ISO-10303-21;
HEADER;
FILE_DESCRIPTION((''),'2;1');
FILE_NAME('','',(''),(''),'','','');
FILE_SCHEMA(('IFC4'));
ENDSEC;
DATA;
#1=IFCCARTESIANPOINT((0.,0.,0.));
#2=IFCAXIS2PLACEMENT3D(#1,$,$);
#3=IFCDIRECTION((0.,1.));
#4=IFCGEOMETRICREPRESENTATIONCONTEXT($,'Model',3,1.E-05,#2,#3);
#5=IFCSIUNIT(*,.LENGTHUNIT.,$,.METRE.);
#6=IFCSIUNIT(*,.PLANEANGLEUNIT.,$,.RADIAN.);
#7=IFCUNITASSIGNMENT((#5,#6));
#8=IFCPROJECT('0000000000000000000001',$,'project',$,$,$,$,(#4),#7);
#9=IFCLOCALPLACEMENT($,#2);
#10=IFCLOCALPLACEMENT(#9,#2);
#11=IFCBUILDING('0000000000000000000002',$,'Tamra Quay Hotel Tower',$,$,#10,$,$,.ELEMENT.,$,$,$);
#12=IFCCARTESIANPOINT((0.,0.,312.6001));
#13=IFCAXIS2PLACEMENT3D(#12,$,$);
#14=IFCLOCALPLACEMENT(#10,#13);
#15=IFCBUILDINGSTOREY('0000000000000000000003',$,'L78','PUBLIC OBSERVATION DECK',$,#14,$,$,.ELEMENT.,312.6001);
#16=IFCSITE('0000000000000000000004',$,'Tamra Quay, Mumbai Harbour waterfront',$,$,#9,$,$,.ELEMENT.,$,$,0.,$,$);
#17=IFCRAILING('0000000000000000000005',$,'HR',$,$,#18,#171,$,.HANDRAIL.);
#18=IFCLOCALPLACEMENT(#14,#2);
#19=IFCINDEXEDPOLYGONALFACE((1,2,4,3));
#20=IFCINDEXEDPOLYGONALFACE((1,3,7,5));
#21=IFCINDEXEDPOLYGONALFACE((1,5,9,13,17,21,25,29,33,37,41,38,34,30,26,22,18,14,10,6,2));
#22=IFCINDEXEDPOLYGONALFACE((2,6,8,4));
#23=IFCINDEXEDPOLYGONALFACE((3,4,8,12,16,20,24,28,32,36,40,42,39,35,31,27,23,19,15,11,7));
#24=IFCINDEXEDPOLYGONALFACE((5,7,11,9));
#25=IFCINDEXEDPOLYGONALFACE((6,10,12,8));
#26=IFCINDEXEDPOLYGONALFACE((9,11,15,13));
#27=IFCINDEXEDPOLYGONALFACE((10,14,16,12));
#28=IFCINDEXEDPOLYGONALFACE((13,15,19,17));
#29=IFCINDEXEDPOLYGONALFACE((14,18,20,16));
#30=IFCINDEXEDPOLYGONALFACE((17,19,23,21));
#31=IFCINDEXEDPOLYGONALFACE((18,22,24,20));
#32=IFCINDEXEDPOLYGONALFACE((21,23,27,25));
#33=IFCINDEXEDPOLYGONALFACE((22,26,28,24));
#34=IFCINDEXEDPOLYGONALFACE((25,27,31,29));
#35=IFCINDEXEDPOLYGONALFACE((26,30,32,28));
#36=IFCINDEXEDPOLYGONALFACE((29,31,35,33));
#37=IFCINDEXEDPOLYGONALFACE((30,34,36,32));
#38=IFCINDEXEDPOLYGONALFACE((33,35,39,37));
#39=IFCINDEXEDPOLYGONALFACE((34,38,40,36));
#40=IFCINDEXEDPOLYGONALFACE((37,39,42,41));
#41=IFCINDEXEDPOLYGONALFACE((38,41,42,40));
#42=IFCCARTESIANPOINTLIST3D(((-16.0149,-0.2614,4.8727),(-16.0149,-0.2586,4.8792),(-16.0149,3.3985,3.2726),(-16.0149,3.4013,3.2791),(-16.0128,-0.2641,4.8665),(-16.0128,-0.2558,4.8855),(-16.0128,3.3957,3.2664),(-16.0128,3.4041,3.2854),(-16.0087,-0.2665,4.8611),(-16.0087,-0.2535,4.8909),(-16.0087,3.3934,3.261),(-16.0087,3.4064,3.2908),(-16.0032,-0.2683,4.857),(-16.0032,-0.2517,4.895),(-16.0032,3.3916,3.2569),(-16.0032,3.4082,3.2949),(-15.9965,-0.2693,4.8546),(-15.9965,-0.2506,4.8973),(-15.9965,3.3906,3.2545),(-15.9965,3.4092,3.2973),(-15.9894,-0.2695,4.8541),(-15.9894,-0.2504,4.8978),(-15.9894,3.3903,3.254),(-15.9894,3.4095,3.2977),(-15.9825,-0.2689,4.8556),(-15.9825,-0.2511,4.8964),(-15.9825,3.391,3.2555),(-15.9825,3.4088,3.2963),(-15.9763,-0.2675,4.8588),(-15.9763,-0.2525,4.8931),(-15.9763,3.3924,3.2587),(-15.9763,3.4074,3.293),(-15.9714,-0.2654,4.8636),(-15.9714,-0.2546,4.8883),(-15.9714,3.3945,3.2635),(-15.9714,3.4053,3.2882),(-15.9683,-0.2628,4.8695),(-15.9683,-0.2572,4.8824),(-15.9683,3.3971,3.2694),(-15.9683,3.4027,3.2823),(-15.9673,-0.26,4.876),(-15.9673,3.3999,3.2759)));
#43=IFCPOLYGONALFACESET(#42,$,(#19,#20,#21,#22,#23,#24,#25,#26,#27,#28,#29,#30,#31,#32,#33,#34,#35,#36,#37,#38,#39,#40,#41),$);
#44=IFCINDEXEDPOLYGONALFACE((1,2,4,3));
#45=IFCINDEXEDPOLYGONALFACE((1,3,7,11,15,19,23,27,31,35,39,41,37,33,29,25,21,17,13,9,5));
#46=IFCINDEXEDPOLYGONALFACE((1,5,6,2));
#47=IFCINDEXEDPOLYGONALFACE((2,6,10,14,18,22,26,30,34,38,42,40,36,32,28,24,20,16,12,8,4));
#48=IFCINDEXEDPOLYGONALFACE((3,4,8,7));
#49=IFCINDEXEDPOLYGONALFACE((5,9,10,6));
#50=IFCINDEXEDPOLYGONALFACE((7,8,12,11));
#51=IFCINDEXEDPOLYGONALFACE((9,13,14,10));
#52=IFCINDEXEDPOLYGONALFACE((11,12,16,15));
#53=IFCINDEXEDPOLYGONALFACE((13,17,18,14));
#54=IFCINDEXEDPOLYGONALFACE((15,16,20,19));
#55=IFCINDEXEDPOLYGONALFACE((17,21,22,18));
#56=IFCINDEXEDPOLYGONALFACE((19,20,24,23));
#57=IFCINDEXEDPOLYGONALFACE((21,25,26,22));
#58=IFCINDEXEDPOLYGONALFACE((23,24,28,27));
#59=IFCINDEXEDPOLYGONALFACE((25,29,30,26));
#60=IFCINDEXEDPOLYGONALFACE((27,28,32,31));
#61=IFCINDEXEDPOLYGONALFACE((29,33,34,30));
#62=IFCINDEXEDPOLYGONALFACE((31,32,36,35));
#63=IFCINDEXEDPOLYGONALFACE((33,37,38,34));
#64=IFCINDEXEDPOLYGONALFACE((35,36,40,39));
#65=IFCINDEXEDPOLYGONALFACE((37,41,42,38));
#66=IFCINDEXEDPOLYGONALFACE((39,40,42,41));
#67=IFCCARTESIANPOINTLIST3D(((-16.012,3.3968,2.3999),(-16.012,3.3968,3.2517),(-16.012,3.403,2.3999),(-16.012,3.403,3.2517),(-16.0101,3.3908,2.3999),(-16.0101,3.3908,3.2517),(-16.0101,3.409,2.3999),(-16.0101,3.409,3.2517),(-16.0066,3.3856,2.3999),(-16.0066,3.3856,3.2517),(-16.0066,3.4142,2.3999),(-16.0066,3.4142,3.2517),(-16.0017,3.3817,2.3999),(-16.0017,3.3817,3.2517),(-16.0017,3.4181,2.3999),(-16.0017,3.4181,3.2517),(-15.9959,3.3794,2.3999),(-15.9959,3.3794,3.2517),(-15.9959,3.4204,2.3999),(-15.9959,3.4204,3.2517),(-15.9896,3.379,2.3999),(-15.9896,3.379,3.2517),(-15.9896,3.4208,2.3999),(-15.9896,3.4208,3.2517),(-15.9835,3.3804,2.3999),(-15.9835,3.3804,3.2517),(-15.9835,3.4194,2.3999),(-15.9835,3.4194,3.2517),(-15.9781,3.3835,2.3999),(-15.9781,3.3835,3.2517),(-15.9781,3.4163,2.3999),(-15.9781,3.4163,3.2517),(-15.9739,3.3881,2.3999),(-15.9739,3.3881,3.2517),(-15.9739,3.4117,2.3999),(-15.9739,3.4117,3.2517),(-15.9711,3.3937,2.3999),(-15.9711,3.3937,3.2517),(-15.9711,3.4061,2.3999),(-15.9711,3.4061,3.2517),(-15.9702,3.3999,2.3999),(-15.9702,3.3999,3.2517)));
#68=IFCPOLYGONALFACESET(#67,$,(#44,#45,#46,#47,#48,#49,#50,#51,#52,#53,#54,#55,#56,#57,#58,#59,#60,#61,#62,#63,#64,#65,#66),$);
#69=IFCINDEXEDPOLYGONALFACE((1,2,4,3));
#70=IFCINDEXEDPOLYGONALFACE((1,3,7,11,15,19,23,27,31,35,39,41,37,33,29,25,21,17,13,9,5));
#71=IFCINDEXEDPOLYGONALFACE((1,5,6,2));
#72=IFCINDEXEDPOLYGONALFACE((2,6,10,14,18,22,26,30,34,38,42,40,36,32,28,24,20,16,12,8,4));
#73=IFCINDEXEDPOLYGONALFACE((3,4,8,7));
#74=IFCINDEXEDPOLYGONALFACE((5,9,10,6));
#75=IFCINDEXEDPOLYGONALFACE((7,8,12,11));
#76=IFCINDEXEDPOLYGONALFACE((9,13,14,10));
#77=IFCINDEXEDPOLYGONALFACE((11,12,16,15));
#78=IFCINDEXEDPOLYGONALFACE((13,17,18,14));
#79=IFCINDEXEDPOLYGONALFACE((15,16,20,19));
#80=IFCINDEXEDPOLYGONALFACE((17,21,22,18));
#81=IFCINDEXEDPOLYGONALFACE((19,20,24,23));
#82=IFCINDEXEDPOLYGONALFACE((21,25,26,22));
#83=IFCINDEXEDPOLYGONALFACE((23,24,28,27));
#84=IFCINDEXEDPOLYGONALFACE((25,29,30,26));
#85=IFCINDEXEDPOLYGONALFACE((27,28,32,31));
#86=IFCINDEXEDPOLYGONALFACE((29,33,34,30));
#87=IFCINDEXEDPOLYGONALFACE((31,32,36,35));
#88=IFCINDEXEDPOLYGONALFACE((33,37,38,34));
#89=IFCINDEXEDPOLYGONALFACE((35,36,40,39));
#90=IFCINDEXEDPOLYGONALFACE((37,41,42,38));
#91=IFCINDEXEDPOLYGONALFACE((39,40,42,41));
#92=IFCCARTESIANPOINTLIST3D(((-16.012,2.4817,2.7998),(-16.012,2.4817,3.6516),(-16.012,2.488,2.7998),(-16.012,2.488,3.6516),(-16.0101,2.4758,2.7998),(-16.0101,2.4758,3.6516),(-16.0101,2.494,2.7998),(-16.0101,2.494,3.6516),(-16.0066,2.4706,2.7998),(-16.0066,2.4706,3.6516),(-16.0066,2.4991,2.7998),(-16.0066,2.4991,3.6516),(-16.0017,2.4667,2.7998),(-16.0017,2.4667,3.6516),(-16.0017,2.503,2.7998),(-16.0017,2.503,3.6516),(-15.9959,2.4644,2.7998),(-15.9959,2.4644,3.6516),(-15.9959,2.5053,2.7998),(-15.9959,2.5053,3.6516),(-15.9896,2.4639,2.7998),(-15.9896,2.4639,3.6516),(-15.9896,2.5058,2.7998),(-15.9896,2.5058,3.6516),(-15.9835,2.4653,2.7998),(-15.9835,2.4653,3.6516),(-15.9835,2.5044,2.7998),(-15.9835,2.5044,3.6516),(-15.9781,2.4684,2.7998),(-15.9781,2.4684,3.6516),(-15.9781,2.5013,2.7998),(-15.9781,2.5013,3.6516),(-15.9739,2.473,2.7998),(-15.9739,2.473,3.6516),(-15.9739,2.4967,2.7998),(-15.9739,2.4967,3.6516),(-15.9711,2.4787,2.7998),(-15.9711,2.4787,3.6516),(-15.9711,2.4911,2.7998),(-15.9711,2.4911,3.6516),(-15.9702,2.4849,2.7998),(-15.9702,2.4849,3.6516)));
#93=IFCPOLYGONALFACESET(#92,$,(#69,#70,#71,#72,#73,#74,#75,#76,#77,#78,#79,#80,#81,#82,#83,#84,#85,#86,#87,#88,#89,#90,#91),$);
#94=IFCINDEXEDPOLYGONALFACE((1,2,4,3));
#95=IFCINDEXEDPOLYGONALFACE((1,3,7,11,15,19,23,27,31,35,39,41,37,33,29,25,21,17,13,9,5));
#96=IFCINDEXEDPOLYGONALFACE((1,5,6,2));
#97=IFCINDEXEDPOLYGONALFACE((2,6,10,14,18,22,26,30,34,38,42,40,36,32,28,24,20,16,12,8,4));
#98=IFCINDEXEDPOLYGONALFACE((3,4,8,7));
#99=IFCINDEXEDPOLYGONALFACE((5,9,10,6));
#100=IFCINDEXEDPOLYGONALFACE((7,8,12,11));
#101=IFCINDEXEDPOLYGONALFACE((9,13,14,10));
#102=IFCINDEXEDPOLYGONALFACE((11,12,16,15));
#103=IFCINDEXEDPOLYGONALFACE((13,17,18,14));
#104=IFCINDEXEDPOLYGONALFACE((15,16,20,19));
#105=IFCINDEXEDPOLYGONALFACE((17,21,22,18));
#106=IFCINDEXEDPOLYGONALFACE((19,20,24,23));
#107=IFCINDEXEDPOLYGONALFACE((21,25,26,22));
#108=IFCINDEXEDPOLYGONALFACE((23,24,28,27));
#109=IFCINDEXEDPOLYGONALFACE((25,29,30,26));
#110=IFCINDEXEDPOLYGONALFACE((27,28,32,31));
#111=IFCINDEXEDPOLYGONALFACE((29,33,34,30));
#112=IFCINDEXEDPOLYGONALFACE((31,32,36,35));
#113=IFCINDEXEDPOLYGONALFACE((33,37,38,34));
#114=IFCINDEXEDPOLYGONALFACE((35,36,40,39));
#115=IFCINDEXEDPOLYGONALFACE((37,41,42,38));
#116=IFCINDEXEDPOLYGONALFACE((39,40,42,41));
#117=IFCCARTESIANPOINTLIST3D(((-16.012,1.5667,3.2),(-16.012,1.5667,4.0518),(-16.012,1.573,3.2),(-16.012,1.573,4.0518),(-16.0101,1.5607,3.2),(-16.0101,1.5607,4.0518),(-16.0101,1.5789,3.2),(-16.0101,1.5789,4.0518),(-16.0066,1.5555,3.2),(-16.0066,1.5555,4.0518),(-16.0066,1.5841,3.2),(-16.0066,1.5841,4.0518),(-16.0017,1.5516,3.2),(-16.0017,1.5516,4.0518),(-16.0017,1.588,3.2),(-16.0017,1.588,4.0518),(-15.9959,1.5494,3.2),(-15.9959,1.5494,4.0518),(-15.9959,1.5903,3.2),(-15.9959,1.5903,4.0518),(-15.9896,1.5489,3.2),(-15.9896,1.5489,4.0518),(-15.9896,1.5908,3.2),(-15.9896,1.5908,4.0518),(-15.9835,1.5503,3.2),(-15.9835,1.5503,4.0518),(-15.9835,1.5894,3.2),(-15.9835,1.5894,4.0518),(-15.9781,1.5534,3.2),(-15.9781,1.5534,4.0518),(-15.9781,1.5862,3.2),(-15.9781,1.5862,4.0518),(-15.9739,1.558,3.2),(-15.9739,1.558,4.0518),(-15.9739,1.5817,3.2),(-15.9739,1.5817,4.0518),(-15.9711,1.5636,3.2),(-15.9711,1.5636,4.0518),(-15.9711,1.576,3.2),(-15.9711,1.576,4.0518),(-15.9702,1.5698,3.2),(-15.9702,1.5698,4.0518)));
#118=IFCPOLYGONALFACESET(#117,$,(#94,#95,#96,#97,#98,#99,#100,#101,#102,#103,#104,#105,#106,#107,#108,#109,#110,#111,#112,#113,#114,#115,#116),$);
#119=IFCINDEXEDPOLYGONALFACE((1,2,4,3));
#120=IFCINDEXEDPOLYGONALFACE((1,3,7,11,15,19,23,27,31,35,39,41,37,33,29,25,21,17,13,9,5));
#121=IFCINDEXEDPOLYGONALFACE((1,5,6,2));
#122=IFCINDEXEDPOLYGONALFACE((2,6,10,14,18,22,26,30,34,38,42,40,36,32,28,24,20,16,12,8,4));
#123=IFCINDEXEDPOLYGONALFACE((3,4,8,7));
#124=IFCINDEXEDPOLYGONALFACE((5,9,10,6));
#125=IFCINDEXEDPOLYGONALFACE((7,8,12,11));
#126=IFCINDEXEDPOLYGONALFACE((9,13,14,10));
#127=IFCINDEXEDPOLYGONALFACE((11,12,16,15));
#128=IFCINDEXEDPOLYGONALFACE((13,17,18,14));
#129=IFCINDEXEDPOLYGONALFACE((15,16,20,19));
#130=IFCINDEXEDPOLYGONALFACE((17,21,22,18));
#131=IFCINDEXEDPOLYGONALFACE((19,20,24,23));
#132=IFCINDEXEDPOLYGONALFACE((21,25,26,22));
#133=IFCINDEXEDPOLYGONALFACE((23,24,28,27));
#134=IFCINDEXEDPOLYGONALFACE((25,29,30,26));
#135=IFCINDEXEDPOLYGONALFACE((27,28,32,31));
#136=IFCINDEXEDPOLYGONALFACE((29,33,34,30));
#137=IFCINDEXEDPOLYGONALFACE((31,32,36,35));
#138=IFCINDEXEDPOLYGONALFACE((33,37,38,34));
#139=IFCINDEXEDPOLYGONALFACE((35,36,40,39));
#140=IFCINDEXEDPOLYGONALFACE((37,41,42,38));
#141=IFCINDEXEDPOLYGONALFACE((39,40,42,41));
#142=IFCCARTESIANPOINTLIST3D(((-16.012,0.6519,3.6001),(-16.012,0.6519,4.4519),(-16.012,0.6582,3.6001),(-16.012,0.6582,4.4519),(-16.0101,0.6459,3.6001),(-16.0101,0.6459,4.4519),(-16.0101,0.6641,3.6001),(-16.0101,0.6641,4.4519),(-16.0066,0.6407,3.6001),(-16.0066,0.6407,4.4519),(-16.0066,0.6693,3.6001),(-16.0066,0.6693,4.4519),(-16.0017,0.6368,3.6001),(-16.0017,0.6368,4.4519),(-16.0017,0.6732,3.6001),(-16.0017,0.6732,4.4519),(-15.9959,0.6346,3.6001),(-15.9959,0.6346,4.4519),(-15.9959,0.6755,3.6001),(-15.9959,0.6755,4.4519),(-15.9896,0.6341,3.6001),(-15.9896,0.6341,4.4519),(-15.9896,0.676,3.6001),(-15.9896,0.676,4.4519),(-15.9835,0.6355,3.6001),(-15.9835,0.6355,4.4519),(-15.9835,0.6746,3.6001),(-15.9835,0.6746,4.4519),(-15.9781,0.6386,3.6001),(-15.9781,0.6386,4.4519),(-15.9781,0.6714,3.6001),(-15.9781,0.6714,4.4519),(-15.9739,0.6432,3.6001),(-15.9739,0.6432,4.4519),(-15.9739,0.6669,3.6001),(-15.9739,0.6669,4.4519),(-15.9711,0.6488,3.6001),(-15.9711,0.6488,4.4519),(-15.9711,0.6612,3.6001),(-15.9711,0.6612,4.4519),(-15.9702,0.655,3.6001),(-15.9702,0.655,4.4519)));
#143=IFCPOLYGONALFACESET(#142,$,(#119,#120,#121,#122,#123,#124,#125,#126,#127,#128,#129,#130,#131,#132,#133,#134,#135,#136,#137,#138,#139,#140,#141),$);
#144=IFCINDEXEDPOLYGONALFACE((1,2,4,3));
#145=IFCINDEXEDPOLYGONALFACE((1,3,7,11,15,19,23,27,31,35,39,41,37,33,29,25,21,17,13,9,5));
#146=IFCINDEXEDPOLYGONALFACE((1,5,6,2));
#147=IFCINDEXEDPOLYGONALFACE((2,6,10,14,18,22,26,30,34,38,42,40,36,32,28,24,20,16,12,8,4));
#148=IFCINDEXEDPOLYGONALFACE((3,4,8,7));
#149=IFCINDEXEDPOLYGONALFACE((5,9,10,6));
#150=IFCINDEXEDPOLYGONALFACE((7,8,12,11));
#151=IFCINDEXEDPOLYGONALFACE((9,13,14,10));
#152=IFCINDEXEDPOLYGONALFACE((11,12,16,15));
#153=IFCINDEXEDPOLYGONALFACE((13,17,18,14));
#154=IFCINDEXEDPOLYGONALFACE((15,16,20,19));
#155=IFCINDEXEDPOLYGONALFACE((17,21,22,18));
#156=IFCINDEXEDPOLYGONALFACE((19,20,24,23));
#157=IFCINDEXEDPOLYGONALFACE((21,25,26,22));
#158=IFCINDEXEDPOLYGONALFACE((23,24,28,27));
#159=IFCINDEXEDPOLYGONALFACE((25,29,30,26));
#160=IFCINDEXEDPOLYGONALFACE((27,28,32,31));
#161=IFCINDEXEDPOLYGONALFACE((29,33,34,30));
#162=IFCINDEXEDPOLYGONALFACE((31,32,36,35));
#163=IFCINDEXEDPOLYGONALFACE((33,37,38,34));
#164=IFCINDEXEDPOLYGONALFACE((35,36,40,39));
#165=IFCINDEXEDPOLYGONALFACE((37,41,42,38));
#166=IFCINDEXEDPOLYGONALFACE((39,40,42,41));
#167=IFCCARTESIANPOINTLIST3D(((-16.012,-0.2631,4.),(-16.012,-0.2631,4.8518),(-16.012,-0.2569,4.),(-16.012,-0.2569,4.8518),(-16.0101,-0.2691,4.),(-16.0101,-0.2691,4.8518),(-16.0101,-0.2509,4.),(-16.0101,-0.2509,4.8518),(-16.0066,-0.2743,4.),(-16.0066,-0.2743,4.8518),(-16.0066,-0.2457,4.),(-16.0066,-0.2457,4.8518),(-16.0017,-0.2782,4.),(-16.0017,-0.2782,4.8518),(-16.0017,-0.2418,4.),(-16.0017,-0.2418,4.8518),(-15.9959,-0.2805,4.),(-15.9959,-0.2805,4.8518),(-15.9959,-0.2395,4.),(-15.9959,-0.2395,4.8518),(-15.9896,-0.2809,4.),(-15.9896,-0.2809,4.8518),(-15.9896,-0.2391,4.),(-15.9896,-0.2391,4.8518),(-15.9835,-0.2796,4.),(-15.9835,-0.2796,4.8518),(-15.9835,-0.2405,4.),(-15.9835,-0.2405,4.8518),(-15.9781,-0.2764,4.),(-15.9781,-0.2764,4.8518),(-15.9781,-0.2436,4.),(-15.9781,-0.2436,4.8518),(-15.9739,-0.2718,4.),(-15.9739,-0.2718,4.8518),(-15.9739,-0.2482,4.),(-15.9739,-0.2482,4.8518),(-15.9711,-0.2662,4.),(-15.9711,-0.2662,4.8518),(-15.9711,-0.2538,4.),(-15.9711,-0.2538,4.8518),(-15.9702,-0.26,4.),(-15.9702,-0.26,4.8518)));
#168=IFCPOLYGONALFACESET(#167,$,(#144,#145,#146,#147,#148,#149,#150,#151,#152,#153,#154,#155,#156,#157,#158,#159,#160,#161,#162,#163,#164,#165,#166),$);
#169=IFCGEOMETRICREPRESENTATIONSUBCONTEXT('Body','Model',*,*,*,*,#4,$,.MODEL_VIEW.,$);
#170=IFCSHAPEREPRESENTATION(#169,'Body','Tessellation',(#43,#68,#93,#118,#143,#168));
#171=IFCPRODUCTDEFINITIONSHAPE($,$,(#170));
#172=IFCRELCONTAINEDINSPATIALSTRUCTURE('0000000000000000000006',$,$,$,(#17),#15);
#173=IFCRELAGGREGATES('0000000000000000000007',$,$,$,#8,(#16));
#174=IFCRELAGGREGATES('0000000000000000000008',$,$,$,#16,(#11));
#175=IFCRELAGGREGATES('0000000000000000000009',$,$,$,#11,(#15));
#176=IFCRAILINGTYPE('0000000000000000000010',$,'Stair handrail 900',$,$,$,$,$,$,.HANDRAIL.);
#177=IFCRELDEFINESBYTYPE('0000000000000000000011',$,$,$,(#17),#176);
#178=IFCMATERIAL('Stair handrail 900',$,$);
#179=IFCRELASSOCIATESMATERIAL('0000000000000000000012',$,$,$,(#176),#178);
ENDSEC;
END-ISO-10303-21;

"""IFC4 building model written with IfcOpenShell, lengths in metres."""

from ifc_helpers import new_model, si_unit, direction, frame, origin, origin_2d, place, context, subcontext, project, spatial, circle, extrude, material, type_object, element, save


model = new_model("IFC4")

# Units and contexts
model_context = context("Model", 3, precision=1e-05, world=origin(), true_north=direction((0.0, 1.0)))
body_context = subcontext(model_context, "Body", "Model", "MODEL_VIEW")
ifc_project = project(units=[si_unit("LENGTHUNIT", "METRE"), si_unit("PLANEANGLEUNIT", "RADIAN")], contexts=[model_context])

# Site, building, storey
site_placement = place(None, origin())
site = spatial("IfcSite", under=ifc_project, at=site_placement, Name="Tamra Quay, Mumbai Harbour waterfront", CompositionType="ELEMENT", RefElevation=0.0)
building_placement = place(site_placement, origin())
building = spatial("IfcBuilding", under=site, at=building_placement, Name="Tamra Quay Hotel Tower", CompositionType="ELEMENT")
storey_placement = place(building_placement, frame((0.0, 0.0, 312.6001)))
storey = spatial("IfcBuildingStorey", under=building, at=storey_placement, Name="L78", Description="PUBLIC OBSERVATION DECK", CompositionType="ELEMENT", Elevation=312.6001)

# Railing
ifc_material_1 = material(Name="Stair handrail 900")
railing_type = type_object("IfcRailingType", Name="Stair handrail 900", PredefinedType="HANDRAIL", material=ifc_material_1)
railing_placement = place(storey_placement, frame((-15.9912, 3.3999, 2.3999)))
element("IfcRailing", 1, at=railing_placement, inside=storey, type_object=railing_type, Name="HR", PredefinedType="HANDRAIL", context=body_context, shape_type="SweptSolid", body=[
    extrude(circle(Radius=0.0239, at=origin_2d()), frame((0.0, 0.0, 0.876), z_axis=(0.0, -0.91626, 0.400585), x_axis=(1.0, 0.0, 0.0)), (0.0, 0.0, 1.0), 3.9944),
    extrude(circle(Radius=0.021, at=origin_2d()), origin(), (0.0, 0.0, 1.0), 0.8518),
    extrude(circle(Radius=0.021, at=origin_2d()), frame((0.0, -0.915, 0.3999)), (0.0, 0.0, 1.0), 0.8518),
    extrude(circle(Radius=0.021, at=origin_2d()), frame((0.0, -1.8301, 0.8)), (0.0, 0.0, 1.0), 0.8518),
    extrude(circle(Radius=0.021, at=origin_2d()), frame((0.0, -2.7449, 1.2002)), (0.0, 0.0, 1.0), 0.8518),
    extrude(circle(Radius=0.021, at=origin_2d()), frame((0.0, -3.6599, 1.6001)), (0.0, 0.0, 1.0), 0.8518),
])

save(model, "model.ifc")
